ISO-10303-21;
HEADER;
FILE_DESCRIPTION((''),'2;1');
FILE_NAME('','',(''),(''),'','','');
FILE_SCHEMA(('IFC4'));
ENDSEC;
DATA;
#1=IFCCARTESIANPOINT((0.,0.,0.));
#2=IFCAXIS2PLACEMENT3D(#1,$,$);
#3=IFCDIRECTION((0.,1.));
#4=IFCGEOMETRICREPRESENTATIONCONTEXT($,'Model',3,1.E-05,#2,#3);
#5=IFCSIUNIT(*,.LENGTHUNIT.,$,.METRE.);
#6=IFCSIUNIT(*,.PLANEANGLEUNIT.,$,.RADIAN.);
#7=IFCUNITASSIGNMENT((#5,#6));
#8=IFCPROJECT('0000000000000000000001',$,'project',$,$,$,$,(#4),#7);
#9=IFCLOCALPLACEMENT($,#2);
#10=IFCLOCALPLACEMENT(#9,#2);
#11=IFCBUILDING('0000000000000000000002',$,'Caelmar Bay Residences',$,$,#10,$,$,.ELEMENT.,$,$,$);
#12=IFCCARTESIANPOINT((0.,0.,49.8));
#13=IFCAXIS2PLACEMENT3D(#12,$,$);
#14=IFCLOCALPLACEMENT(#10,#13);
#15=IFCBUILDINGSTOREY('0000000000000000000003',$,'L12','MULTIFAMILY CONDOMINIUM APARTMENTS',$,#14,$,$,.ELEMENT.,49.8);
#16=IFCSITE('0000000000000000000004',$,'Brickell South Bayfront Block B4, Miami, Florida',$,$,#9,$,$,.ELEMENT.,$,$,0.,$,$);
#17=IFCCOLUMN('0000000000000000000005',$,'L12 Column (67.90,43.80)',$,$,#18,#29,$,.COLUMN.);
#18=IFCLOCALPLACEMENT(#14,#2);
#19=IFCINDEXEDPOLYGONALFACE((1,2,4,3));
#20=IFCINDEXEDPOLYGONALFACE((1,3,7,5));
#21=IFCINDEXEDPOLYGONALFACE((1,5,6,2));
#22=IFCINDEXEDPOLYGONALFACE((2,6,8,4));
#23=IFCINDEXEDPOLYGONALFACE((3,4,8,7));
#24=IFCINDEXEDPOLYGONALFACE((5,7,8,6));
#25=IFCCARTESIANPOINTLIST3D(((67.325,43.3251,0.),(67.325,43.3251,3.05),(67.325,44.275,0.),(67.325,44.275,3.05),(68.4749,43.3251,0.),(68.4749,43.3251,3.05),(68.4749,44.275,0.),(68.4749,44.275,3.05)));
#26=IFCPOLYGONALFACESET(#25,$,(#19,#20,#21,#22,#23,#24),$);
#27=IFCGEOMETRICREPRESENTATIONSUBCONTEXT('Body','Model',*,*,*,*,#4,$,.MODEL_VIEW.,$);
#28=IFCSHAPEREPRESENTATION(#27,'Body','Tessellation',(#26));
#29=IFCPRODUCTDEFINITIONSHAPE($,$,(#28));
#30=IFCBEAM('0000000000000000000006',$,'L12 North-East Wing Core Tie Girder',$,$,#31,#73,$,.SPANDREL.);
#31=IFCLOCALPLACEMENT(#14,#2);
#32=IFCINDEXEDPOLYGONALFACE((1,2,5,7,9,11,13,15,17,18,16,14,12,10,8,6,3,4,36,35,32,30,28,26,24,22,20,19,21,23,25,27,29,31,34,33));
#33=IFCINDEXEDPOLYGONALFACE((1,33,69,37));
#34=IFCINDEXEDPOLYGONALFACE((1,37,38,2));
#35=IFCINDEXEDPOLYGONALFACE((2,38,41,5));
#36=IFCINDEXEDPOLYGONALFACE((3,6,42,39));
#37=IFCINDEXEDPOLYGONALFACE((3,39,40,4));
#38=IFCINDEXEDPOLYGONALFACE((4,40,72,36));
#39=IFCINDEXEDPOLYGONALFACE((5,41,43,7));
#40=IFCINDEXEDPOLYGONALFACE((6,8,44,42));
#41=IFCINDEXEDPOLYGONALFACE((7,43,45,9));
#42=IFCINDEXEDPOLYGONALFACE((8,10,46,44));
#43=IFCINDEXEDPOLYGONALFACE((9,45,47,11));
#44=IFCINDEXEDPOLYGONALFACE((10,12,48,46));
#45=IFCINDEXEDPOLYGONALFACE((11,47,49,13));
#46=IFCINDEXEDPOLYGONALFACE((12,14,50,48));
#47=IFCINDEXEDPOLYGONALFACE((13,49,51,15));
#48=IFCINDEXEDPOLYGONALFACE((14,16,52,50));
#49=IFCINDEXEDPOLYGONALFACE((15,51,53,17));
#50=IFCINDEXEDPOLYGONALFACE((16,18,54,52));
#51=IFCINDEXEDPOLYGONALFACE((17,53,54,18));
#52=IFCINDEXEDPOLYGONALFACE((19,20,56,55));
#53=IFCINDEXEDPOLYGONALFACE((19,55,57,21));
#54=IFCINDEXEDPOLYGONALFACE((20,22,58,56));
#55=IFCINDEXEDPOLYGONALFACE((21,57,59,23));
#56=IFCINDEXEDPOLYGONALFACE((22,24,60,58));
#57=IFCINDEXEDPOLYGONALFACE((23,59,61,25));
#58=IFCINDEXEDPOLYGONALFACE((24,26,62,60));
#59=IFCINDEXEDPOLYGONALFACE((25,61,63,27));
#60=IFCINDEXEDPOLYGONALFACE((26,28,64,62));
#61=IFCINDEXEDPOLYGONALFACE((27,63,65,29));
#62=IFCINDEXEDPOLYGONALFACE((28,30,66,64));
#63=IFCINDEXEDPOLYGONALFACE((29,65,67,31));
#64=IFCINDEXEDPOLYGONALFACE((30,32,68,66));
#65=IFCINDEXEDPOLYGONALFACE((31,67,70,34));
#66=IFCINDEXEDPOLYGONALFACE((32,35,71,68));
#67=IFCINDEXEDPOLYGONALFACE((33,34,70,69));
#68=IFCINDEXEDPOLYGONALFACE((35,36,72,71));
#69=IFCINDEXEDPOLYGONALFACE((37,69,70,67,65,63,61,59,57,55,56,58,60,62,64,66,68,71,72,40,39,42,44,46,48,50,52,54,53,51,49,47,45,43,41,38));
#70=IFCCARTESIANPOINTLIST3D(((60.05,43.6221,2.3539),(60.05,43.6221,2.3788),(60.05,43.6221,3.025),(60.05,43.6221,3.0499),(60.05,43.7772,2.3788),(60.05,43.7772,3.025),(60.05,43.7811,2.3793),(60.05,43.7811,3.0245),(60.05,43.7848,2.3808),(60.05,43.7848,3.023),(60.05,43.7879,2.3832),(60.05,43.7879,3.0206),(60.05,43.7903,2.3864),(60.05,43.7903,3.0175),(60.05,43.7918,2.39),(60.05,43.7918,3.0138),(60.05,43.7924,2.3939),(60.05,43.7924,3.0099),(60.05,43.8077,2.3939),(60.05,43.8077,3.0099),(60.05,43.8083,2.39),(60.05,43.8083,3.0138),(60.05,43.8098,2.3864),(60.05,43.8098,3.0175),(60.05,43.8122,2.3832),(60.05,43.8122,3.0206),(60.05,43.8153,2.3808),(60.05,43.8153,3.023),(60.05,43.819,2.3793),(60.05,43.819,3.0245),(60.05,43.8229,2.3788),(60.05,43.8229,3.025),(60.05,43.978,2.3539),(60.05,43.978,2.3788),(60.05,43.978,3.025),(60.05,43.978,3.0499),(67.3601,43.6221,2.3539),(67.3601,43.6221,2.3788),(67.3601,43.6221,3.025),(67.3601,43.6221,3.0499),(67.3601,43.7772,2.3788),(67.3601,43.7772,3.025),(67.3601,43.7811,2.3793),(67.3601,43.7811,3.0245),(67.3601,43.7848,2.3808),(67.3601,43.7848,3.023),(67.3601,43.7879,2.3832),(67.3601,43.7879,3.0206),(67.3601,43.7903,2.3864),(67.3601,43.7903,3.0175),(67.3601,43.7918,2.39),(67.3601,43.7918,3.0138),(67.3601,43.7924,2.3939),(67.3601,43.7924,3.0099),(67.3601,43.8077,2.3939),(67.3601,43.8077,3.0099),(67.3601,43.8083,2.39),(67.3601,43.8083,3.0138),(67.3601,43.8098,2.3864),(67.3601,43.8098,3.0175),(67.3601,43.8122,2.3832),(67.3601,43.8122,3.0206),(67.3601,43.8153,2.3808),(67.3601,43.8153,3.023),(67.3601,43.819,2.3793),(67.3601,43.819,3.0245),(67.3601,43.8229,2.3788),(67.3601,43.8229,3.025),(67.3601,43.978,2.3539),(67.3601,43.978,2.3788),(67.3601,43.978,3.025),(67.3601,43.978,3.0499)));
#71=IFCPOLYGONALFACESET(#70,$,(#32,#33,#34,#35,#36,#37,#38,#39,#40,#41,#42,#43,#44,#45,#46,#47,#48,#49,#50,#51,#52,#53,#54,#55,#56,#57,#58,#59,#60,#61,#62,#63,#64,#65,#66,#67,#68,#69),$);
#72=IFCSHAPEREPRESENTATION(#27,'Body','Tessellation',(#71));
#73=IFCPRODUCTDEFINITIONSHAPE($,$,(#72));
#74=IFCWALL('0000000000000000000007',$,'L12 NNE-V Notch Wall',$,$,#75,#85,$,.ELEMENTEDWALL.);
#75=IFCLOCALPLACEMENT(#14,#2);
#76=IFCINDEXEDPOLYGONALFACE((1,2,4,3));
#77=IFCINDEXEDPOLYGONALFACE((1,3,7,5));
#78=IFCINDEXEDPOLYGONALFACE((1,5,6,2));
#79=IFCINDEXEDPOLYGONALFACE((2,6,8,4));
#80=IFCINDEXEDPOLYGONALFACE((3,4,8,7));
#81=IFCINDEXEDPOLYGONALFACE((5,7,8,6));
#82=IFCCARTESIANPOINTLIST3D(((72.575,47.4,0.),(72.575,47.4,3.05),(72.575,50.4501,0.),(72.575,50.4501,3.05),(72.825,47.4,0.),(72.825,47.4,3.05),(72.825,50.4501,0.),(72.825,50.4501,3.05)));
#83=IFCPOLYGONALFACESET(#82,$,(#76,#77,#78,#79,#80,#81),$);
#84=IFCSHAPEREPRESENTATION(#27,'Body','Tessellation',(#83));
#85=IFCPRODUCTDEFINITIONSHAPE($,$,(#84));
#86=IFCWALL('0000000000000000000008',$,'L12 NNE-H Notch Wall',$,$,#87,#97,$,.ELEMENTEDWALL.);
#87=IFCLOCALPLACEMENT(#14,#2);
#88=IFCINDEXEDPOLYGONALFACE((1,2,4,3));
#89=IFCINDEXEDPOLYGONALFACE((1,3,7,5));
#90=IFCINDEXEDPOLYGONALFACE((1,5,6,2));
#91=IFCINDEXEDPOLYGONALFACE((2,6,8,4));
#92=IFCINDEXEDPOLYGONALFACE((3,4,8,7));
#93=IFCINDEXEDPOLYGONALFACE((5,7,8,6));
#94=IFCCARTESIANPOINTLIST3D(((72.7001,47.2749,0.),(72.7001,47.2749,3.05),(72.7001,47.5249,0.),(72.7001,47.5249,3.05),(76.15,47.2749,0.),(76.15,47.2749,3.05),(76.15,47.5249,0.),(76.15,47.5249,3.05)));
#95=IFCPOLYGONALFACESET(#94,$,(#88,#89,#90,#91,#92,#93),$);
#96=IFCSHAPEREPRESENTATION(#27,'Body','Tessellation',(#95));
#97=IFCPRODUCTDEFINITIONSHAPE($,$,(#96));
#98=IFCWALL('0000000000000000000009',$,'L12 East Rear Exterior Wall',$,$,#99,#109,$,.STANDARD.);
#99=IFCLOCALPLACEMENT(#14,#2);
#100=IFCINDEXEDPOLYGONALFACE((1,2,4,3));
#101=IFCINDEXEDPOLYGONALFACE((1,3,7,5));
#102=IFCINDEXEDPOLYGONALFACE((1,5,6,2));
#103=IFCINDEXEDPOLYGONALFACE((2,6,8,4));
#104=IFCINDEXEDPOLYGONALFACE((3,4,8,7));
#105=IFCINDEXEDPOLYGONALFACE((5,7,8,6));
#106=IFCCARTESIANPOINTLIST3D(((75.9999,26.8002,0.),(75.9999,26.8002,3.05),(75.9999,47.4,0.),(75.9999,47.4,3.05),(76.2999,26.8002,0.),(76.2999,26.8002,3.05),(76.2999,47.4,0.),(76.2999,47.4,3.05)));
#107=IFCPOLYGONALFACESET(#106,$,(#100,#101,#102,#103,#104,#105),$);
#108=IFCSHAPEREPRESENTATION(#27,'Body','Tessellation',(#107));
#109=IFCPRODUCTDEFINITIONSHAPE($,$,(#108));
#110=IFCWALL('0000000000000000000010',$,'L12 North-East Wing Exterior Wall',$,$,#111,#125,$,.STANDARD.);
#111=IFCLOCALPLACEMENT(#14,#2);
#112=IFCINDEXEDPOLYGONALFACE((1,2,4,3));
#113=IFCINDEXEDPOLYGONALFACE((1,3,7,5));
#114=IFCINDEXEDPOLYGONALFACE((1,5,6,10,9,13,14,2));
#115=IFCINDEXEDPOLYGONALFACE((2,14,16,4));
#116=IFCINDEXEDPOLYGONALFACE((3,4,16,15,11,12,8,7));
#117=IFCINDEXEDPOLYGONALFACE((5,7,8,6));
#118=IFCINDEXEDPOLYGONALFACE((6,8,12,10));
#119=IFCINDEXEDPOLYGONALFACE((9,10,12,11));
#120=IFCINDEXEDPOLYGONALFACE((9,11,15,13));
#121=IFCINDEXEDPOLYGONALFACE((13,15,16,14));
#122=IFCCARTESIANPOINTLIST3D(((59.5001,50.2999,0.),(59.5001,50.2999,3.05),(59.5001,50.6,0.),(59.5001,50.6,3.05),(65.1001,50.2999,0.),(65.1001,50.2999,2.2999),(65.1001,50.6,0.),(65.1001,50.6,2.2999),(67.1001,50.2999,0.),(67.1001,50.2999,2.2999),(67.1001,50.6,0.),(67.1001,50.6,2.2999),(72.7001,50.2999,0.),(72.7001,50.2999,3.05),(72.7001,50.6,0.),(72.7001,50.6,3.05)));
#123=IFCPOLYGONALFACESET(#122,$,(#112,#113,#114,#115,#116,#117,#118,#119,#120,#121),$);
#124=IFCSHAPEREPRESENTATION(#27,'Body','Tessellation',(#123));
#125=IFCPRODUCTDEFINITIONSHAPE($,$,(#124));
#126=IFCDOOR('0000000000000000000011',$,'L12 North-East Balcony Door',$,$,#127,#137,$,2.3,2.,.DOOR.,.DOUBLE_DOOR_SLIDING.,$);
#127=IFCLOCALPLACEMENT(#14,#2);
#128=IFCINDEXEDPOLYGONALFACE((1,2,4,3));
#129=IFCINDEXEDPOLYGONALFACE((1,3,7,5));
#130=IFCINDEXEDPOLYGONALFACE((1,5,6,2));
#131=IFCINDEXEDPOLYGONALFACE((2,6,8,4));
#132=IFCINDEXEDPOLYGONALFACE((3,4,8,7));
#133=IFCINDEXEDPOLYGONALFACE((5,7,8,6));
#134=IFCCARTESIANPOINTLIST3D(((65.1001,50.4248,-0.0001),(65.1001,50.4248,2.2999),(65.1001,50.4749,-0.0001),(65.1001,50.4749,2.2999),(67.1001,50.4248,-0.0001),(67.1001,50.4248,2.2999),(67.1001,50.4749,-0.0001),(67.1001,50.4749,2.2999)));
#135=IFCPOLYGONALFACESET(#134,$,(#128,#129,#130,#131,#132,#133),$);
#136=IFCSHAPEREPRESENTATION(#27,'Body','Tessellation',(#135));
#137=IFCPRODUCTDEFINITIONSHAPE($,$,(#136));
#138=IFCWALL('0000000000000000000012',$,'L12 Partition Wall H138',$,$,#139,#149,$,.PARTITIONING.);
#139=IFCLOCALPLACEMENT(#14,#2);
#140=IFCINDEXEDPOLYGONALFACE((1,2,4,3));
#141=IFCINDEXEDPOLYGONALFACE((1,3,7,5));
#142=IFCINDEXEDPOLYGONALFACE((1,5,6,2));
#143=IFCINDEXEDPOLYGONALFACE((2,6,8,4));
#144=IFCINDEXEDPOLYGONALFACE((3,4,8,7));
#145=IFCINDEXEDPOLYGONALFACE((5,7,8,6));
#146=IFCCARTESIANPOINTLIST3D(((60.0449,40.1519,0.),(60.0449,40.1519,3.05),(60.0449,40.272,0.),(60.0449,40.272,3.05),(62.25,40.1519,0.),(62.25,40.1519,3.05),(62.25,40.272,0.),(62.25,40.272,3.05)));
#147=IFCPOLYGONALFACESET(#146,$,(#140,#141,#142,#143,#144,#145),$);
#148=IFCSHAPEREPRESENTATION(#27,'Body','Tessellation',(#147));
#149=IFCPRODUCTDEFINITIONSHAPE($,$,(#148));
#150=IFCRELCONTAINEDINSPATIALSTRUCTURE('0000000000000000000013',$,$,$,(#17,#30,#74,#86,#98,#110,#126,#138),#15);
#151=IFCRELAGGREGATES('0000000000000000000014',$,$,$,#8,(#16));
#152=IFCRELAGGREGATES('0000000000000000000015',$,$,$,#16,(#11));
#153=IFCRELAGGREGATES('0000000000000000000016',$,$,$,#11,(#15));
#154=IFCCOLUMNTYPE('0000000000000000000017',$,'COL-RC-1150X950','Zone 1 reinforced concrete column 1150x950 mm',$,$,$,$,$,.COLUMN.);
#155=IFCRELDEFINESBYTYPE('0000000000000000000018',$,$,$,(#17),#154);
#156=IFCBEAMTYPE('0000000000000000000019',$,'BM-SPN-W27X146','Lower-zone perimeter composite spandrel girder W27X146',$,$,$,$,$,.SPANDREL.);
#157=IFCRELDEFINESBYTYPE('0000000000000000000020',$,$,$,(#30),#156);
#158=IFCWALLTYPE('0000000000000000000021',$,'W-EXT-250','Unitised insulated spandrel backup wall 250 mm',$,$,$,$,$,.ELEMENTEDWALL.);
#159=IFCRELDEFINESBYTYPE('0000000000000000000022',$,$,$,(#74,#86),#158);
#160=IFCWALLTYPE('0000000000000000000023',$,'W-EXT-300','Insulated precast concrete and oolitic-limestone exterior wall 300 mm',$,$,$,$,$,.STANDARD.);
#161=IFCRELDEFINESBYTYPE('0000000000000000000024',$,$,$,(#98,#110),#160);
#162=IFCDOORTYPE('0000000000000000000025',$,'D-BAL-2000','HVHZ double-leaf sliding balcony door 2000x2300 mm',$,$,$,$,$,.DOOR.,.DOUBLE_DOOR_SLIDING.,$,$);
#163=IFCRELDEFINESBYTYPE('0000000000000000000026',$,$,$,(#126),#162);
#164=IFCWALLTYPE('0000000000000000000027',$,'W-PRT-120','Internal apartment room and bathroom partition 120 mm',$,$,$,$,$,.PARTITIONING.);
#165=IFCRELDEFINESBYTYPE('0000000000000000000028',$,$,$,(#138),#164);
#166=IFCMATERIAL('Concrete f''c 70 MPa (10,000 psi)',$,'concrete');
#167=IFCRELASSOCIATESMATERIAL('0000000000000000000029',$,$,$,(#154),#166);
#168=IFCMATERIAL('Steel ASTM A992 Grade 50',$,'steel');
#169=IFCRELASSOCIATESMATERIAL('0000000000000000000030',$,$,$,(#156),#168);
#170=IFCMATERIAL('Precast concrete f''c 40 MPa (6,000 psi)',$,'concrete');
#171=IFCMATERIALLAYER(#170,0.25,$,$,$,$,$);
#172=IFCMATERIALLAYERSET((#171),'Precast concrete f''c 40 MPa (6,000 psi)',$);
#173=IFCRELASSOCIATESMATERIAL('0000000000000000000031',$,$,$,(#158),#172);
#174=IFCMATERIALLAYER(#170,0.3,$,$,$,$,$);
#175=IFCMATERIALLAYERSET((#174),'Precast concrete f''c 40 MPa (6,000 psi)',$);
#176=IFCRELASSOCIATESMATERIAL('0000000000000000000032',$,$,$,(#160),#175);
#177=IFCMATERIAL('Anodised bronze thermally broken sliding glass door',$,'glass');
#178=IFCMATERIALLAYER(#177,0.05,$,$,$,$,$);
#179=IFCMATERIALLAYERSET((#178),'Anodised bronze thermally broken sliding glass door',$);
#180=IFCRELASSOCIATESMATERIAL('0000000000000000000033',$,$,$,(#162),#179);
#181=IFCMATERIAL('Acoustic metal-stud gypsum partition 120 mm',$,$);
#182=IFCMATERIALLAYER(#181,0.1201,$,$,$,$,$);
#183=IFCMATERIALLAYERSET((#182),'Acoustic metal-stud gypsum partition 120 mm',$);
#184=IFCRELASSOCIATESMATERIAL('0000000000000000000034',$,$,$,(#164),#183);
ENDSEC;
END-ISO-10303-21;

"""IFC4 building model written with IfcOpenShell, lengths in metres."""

from ifc_helpers import new_model, si_unit, direction, frame, frame_2d, origin, origin_2d, place, context, subcontext, project, spatial, rectangle, i_section, extrude, material, layer, layer_set, material_profile, profile_set, type_object, element, fill, save


model = new_model("IFC4")

# Units and contexts
model_context = context("Model", 3, precision=1e-05, world=origin(), true_north=direction((0.0, 1.0)))
body_context = subcontext(model_context, "Body", "Model", "MODEL_VIEW")
ifc_project = project(units=[si_unit("LENGTHUNIT", "METRE"), si_unit("PLANEANGLEUNIT", "RADIAN")], contexts=[model_context])

# Site, building, storey
site_placement = place(None, origin())
site = spatial("IfcSite", under=ifc_project, at=site_placement, Name="Brickell South Bayfront Block B4, Miami, Florida", CompositionType="ELEMENT", RefElevation=0.0)
building_placement = place(site_placement, origin())
building = spatial("IfcBuilding", under=site, at=building_placement, Name="Caelmar Bay Residences", CompositionType="ELEMENT")
storey_placement = place(building_placement, frame((0.0, 0.0, 49.8)))
storey = spatial("IfcBuildingStorey", under=building, at=storey_placement, Name="L12", Description="MULTIFAMILY CONDOMINIUM APARTMENTS", CompositionType="ELEMENT", Elevation=49.8)

# Column
ifc_material_1 = material(Name="Concrete f'c 70 MPa (10,000 psi)", Category="concrete")
ifc_material_profile_1 = material_profile(ifc_material_1, rectangle(XDim=1.1499, YDim=0.95, at=origin_2d()), Name="RC-COL-1150X950")
ifc_profile_set_1 = profile_set([ifc_material_profile_1], Name="Concrete f'c 70 MPa (10,000 psi)")
column_type = type_object("IfcColumnType", Name="COL-RC-1150X950", Description="Zone 1 reinforced concrete column 1150x950 mm", PredefinedType="COLUMN", material=ifc_profile_set_1)
column_placement = place(storey_placement, frame((67.8999, 43.8, 0.0), z_axis=(0.0, 0.0, 1.0), x_axis=(1.0, 0.0, 0.0)))
element("IfcColumn", 1, at=column_placement, inside=storey, type_object=column_type, Name="L12 Column (67.90,43.80)", PredefinedType="COLUMN", context=body_context, shape_type="SweptSolid", body=[
    extrude(rectangle(XDim=1.1499, YDim=0.95, at=origin_2d()), origin(), (0.0, 0.0, 1.0), 3.05),
])

# Beam
ifc_material_2 = material(Name="Steel ASTM A992 Grade 50", Category="steel")
ifc_material_profile_2 = material_profile(ifc_material_2, i_section(OverallWidth=0.356, OverallDepth=0.696, WebThickness=0.0154, FlangeThickness=0.0249, FilletRadius=0.0151, at=origin_2d()), Name="W27X146")
ifc_profile_set_2 = profile_set([ifc_material_profile_2], Name="Steel ASTM A992 Grade 50")
beam_type = type_object("IfcBeamType", Name="BM-SPN-W27X146", Description="Lower-zone perimeter composite spandrel girder W27X146", PredefinedType="SPANDREL", material=ifc_profile_set_2)
beam_placement = place(storey_placement, frame((60.05, 43.8, 2.7019), z_axis=(1.0, 0.0, 0.0), x_axis=(0.0, 1.0, 0.0)))
element("IfcBeam", 2, at=beam_placement, inside=storey, type_object=beam_type, Name="L12 North-East Wing Core Tie Girder", PredefinedType="SPANDREL", context=body_context, shape_type="SweptSolid", body=[
    extrude(i_section(OverallWidth=0.356, OverallDepth=0.696, WebThickness=0.0154, FlangeThickness=0.0249, FilletRadius=0.0151, at=origin_2d()), origin(), (0.0, 0.0, 1.0), 7.3101),
])

# Walls
ifc_material_3 = material(Name="Precast concrete f'c 40 MPa (6,000 psi)", Category="concrete")
ifc_layer_1 = layer(ifc_material_3, 0.25)
ifc_layer_set_1 = layer_set([ifc_layer_1], Name="Precast concrete f'c 40 MPa (6,000 psi)")
wall_type_1 = type_object("IfcWallType", Name="W-EXT-250", Description="Unitised insulated spandrel backup wall 250 mm", PredefinedType="ELEMENTEDWALL", material=ifc_layer_set_1)
wall_1_placement = place(storey_placement, frame((72.7, 50.45, 0.0), z_axis=(0.0, 0.0, 1.0), x_axis=(0.0, -1.0, 0.0)))
element("IfcWall", 3, at=wall_1_placement, inside=storey, type_object=wall_type_1, Name="L12 NNE-V Notch Wall", PredefinedType="ELEMENTEDWALL", context=body_context, shape_type="SweptSolid", body=[
    extrude(rectangle(XDim=3.05, YDim=0.25, at=frame_2d((1.5249, 0.0))), origin(), (0.0, 0.0, 1.0), 3.05),
])
wall_2_placement = place(storey_placement, frame((72.7, 47.3999, 0.0), z_axis=(0.0, 0.0, 1.0), x_axis=(1.0, 0.0, 0.0)))
element("IfcWall", 4, at=wall_2_placement, inside=storey, type_object=wall_type_1, Name="L12 NNE-H Notch Wall", PredefinedType="ELEMENTEDWALL", context=body_context, shape_type="SweptSolid", body=[
    extrude(rectangle(XDim=3.45, YDim=0.25, at=frame_2d((1.7251, 0.0))), origin(), (0.0, 0.0, 1.0), 3.05),
])
ifc_layer_2 = layer(ifc_material_3, 0.3)
ifc_layer_set_2 = layer_set([ifc_layer_2], Name="Precast concrete f'c 40 MPa (6,000 psi)")
wall_type_2 = type_object("IfcWallType", Name="W-EXT-300", Description="Insulated precast concrete and oolitic-limestone exterior wall 300 mm", PredefinedType="STANDARD", material=ifc_layer_set_2)
wall_3_placement = place(storey_placement, frame((76.1499, 47.3999, 0.0), z_axis=(0.0, 0.0, 1.0), x_axis=(0.0, -1.0, 0.0)))
element("IfcWall", 5, at=wall_3_placement, inside=storey, type_object=wall_type_2, Name="L12 East Rear Exterior Wall", PredefinedType="STANDARD", context=body_context, shape_type="SweptSolid", body=[
    extrude(rectangle(XDim=20.5999, YDim=0.3, at=frame_2d((10.2998, 0.0))), origin(), (0.0, 0.0, 1.0), 3.05),
])

# Wall, opening, door
wall_4_placement = place(storey_placement, frame((59.5, 50.45, 0.0), z_axis=(0.0, 0.0, 1.0), x_axis=(1.0, 0.0, 0.0)))
wall_4 = element("IfcWall", 6, at=wall_4_placement, inside=storey, type_object=wall_type_2, Name="L12 North-East Wing Exterior Wall", PredefinedType="STANDARD", context=body_context, shape_type="SweptSolid", body=[
    extrude(rectangle(XDim=13.2, YDim=0.3, at=frame_2d((6.6001, 0.0))), origin(), (0.0, 0.0, 1.0), 3.05),
])
opening_1_placement = place(wall_4_placement, frame((5.6001, 0.0, 0.0)))
opening_1 = element("IfcOpeningElement", 7, at=opening_1_placement, cuts=wall_4, PredefinedType="OPENING", context=body_context, shape_type="SweptSolid", body=[
    extrude(rectangle(XDim=2.0, YDim=2.3, at=frame_2d((1.0, 1.1499))), frame((0.0, 0.1599, 0.0), z_axis=(0.0, -1.0, 0.0), x_axis=(1.0, 0.0, 0.0)), (0.0, 0.0, 1.0), 0.3201),
])
ifc_material_4 = material(Name="Anodised bronze thermally broken sliding glass door", Category="glass")
ifc_layer_3 = layer(ifc_material_4, 0.05)
ifc_layer_set_3 = layer_set([ifc_layer_3], Name="Anodised bronze thermally broken sliding glass door")
door_type_1 = type_object("IfcDoorType", Name="D-BAL-2000", Description="HVHZ double-leaf sliding balcony door 2000x2300 mm", OperationType="DOUBLE_DOOR_SLIDING", PredefinedType="DOOR", material=ifc_layer_set_3)
door_1_placement = place(opening_1_placement, origin())
door_1 = element("IfcDoor", 8, at=door_1_placement, inside=storey, type_object=door_type_1, Name="L12 North-East Balcony Door", OperationType="DOUBLE_DOOR_SLIDING", OverallHeight=2.3, OverallWidth=2.0, PredefinedType="DOOR", context=body_context, shape_type="SweptSolid", body=[
    extrude(rectangle(XDim=2.0, YDim=2.3, at=frame_2d((1.0, 1.1499))), frame((0.0, 0.0249, 0.0), z_axis=(0.0, -1.0, 0.0), x_axis=(1.0, 0.0, 0.0)), (0.0, 0.0, 1.0), 0.05),
])
fill(opening_1, door_1)

# Wall
ifc_material_5 = material(Name="Acoustic metal-stud gypsum partition 120 mm")
ifc_layer_4 = layer(ifc_material_5, 0.1201)
ifc_layer_set_4 = layer_set([ifc_layer_4], Name="Acoustic metal-stud gypsum partition 120 mm")
wall_type_3 = type_object("IfcWallType", Name="W-PRT-120", Description="Internal apartment room and bathroom partition 120 mm", PredefinedType="PARTITIONING", material=ifc_layer_set_4)
wall_5_placement = place(storey_placement, frame((60.0449, 40.2119, 0.0), z_axis=(0.0, 0.0, 1.0), x_axis=(1.0, 0.0, 0.0)))
element("IfcWall", 9, at=wall_5_placement, inside=storey, type_object=wall_type_3, Name="L12 Partition Wall H138", PredefinedType="PARTITIONING", context=body_context, shape_type="SweptSolid", body=[
    extrude(rectangle(XDim=2.2051, YDim=0.1201, at=frame_2d((1.1025, 0.0))), origin(), (0.0, 0.0, 1.0), 3.05),
])

save(model, "model.ifc")
